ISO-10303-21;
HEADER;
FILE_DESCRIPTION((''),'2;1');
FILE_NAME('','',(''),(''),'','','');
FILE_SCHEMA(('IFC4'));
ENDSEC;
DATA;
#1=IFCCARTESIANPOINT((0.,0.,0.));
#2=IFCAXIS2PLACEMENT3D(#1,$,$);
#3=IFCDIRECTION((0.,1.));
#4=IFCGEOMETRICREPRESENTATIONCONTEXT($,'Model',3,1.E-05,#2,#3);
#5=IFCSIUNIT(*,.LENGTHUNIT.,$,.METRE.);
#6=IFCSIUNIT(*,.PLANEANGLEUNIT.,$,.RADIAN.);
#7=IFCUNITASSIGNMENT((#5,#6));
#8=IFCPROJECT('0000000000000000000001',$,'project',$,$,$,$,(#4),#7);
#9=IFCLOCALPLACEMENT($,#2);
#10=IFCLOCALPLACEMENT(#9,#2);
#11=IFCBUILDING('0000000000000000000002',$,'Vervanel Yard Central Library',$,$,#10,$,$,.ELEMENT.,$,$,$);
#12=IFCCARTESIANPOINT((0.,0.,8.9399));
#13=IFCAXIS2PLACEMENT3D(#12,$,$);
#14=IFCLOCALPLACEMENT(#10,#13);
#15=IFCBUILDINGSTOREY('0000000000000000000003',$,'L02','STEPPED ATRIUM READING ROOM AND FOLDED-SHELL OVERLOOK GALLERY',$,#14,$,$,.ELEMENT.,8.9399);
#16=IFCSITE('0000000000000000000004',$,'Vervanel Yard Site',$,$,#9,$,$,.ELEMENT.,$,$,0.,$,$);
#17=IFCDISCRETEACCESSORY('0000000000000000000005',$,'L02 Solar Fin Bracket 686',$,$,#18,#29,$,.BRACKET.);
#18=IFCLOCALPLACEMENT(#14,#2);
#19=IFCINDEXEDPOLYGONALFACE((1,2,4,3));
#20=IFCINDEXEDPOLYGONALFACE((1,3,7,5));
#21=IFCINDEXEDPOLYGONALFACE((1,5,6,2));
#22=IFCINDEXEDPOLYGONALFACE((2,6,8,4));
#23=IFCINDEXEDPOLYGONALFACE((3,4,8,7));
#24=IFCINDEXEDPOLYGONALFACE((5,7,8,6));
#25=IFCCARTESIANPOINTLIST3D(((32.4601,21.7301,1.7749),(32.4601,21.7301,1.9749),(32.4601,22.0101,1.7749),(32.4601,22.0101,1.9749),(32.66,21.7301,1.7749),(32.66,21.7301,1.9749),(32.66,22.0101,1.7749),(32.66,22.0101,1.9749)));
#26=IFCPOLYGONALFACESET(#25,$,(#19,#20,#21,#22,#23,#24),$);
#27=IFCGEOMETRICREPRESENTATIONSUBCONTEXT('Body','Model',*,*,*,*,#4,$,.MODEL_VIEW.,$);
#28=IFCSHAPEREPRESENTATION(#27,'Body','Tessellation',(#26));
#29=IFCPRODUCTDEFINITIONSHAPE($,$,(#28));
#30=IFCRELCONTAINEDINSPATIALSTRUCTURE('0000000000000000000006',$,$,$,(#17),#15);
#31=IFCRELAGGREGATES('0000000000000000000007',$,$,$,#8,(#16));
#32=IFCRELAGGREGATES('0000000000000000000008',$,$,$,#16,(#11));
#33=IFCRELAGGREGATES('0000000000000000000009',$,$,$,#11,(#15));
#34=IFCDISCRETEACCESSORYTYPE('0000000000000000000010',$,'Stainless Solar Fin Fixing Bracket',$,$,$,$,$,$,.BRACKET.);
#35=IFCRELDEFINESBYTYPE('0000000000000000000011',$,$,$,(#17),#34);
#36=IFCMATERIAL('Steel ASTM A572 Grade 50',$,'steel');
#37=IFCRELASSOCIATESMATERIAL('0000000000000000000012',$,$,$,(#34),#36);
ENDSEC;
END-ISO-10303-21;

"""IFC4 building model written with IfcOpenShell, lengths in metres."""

from ifc_helpers import new_model, si_unit, direction, frame, origin, origin_2d, place, context, subcontext, project, spatial, rectangle, extrude, material, type_object, element, save


model = new_model("IFC4")

# Units and contexts
model_context = context("Model", 3, precision=1e-05, world=origin(), true_north=direction((0.0, 1.0)))
body_context = subcontext(model_context, "Body", "Model", "MODEL_VIEW")
ifc_project = project(units=[si_unit("LENGTHUNIT", "METRE"), si_unit("PLANEANGLEUNIT", "RADIAN")], contexts=[model_context])

# Site, building, storey
site_placement = place(None, origin())
site = spatial("IfcSite", under=ifc_project, at=site_placement, Name="Vervanel Yard Site", CompositionType="ELEMENT", RefElevation=0.0)
building_placement = place(site_placement, origin())
building = spatial("IfcBuilding", under=site, at=building_placement, Name="Vervanel Yard Central Library", CompositionType="ELEMENT")
storey_placement = place(building_placement, frame((0.0, 0.0, 8.9399)))
storey = spatial("IfcBuildingStorey", under=building, at=storey_placement, Name="L02", Description="STEPPED ATRIUM READING ROOM AND FOLDED-SHELL OVERLOOK GALLERY", CompositionType="ELEMENT", Elevation=8.9399)

# Discrete accessory
ifc_material_1 = material(Name="Steel ASTM A572 Grade 50", Category="steel")
discrete_accessory_type = type_object("IfcDiscreteAccessoryType", Name="Stainless Solar Fin Fixing Bracket", PredefinedType="BRACKET", material=ifc_material_1)
for number, where, z_axis, x_axis, name in (
    (1, (32.5601, 21.8701, 1.7749), (0.0, 0.0, 1.0), (1.0, 0.0, 0.0), "L02 Solar Fin Bracket 686"),
):
    element("IfcDiscreteAccessory", number, at=place(storey_placement, frame(where, z_axis=z_axis, x_axis=x_axis)), inside=storey, type_object=discrete_accessory_type, Name=name, PredefinedType="BRACKET", context=body_context, shape_type="SweptSolid", body=[
        extrude(rectangle(XDim=0.2, YDim=0.28, at=origin_2d()), origin(), (0.0, 0.0, 1.0), 0.2),
    ])

save(model, "model.ifc")
